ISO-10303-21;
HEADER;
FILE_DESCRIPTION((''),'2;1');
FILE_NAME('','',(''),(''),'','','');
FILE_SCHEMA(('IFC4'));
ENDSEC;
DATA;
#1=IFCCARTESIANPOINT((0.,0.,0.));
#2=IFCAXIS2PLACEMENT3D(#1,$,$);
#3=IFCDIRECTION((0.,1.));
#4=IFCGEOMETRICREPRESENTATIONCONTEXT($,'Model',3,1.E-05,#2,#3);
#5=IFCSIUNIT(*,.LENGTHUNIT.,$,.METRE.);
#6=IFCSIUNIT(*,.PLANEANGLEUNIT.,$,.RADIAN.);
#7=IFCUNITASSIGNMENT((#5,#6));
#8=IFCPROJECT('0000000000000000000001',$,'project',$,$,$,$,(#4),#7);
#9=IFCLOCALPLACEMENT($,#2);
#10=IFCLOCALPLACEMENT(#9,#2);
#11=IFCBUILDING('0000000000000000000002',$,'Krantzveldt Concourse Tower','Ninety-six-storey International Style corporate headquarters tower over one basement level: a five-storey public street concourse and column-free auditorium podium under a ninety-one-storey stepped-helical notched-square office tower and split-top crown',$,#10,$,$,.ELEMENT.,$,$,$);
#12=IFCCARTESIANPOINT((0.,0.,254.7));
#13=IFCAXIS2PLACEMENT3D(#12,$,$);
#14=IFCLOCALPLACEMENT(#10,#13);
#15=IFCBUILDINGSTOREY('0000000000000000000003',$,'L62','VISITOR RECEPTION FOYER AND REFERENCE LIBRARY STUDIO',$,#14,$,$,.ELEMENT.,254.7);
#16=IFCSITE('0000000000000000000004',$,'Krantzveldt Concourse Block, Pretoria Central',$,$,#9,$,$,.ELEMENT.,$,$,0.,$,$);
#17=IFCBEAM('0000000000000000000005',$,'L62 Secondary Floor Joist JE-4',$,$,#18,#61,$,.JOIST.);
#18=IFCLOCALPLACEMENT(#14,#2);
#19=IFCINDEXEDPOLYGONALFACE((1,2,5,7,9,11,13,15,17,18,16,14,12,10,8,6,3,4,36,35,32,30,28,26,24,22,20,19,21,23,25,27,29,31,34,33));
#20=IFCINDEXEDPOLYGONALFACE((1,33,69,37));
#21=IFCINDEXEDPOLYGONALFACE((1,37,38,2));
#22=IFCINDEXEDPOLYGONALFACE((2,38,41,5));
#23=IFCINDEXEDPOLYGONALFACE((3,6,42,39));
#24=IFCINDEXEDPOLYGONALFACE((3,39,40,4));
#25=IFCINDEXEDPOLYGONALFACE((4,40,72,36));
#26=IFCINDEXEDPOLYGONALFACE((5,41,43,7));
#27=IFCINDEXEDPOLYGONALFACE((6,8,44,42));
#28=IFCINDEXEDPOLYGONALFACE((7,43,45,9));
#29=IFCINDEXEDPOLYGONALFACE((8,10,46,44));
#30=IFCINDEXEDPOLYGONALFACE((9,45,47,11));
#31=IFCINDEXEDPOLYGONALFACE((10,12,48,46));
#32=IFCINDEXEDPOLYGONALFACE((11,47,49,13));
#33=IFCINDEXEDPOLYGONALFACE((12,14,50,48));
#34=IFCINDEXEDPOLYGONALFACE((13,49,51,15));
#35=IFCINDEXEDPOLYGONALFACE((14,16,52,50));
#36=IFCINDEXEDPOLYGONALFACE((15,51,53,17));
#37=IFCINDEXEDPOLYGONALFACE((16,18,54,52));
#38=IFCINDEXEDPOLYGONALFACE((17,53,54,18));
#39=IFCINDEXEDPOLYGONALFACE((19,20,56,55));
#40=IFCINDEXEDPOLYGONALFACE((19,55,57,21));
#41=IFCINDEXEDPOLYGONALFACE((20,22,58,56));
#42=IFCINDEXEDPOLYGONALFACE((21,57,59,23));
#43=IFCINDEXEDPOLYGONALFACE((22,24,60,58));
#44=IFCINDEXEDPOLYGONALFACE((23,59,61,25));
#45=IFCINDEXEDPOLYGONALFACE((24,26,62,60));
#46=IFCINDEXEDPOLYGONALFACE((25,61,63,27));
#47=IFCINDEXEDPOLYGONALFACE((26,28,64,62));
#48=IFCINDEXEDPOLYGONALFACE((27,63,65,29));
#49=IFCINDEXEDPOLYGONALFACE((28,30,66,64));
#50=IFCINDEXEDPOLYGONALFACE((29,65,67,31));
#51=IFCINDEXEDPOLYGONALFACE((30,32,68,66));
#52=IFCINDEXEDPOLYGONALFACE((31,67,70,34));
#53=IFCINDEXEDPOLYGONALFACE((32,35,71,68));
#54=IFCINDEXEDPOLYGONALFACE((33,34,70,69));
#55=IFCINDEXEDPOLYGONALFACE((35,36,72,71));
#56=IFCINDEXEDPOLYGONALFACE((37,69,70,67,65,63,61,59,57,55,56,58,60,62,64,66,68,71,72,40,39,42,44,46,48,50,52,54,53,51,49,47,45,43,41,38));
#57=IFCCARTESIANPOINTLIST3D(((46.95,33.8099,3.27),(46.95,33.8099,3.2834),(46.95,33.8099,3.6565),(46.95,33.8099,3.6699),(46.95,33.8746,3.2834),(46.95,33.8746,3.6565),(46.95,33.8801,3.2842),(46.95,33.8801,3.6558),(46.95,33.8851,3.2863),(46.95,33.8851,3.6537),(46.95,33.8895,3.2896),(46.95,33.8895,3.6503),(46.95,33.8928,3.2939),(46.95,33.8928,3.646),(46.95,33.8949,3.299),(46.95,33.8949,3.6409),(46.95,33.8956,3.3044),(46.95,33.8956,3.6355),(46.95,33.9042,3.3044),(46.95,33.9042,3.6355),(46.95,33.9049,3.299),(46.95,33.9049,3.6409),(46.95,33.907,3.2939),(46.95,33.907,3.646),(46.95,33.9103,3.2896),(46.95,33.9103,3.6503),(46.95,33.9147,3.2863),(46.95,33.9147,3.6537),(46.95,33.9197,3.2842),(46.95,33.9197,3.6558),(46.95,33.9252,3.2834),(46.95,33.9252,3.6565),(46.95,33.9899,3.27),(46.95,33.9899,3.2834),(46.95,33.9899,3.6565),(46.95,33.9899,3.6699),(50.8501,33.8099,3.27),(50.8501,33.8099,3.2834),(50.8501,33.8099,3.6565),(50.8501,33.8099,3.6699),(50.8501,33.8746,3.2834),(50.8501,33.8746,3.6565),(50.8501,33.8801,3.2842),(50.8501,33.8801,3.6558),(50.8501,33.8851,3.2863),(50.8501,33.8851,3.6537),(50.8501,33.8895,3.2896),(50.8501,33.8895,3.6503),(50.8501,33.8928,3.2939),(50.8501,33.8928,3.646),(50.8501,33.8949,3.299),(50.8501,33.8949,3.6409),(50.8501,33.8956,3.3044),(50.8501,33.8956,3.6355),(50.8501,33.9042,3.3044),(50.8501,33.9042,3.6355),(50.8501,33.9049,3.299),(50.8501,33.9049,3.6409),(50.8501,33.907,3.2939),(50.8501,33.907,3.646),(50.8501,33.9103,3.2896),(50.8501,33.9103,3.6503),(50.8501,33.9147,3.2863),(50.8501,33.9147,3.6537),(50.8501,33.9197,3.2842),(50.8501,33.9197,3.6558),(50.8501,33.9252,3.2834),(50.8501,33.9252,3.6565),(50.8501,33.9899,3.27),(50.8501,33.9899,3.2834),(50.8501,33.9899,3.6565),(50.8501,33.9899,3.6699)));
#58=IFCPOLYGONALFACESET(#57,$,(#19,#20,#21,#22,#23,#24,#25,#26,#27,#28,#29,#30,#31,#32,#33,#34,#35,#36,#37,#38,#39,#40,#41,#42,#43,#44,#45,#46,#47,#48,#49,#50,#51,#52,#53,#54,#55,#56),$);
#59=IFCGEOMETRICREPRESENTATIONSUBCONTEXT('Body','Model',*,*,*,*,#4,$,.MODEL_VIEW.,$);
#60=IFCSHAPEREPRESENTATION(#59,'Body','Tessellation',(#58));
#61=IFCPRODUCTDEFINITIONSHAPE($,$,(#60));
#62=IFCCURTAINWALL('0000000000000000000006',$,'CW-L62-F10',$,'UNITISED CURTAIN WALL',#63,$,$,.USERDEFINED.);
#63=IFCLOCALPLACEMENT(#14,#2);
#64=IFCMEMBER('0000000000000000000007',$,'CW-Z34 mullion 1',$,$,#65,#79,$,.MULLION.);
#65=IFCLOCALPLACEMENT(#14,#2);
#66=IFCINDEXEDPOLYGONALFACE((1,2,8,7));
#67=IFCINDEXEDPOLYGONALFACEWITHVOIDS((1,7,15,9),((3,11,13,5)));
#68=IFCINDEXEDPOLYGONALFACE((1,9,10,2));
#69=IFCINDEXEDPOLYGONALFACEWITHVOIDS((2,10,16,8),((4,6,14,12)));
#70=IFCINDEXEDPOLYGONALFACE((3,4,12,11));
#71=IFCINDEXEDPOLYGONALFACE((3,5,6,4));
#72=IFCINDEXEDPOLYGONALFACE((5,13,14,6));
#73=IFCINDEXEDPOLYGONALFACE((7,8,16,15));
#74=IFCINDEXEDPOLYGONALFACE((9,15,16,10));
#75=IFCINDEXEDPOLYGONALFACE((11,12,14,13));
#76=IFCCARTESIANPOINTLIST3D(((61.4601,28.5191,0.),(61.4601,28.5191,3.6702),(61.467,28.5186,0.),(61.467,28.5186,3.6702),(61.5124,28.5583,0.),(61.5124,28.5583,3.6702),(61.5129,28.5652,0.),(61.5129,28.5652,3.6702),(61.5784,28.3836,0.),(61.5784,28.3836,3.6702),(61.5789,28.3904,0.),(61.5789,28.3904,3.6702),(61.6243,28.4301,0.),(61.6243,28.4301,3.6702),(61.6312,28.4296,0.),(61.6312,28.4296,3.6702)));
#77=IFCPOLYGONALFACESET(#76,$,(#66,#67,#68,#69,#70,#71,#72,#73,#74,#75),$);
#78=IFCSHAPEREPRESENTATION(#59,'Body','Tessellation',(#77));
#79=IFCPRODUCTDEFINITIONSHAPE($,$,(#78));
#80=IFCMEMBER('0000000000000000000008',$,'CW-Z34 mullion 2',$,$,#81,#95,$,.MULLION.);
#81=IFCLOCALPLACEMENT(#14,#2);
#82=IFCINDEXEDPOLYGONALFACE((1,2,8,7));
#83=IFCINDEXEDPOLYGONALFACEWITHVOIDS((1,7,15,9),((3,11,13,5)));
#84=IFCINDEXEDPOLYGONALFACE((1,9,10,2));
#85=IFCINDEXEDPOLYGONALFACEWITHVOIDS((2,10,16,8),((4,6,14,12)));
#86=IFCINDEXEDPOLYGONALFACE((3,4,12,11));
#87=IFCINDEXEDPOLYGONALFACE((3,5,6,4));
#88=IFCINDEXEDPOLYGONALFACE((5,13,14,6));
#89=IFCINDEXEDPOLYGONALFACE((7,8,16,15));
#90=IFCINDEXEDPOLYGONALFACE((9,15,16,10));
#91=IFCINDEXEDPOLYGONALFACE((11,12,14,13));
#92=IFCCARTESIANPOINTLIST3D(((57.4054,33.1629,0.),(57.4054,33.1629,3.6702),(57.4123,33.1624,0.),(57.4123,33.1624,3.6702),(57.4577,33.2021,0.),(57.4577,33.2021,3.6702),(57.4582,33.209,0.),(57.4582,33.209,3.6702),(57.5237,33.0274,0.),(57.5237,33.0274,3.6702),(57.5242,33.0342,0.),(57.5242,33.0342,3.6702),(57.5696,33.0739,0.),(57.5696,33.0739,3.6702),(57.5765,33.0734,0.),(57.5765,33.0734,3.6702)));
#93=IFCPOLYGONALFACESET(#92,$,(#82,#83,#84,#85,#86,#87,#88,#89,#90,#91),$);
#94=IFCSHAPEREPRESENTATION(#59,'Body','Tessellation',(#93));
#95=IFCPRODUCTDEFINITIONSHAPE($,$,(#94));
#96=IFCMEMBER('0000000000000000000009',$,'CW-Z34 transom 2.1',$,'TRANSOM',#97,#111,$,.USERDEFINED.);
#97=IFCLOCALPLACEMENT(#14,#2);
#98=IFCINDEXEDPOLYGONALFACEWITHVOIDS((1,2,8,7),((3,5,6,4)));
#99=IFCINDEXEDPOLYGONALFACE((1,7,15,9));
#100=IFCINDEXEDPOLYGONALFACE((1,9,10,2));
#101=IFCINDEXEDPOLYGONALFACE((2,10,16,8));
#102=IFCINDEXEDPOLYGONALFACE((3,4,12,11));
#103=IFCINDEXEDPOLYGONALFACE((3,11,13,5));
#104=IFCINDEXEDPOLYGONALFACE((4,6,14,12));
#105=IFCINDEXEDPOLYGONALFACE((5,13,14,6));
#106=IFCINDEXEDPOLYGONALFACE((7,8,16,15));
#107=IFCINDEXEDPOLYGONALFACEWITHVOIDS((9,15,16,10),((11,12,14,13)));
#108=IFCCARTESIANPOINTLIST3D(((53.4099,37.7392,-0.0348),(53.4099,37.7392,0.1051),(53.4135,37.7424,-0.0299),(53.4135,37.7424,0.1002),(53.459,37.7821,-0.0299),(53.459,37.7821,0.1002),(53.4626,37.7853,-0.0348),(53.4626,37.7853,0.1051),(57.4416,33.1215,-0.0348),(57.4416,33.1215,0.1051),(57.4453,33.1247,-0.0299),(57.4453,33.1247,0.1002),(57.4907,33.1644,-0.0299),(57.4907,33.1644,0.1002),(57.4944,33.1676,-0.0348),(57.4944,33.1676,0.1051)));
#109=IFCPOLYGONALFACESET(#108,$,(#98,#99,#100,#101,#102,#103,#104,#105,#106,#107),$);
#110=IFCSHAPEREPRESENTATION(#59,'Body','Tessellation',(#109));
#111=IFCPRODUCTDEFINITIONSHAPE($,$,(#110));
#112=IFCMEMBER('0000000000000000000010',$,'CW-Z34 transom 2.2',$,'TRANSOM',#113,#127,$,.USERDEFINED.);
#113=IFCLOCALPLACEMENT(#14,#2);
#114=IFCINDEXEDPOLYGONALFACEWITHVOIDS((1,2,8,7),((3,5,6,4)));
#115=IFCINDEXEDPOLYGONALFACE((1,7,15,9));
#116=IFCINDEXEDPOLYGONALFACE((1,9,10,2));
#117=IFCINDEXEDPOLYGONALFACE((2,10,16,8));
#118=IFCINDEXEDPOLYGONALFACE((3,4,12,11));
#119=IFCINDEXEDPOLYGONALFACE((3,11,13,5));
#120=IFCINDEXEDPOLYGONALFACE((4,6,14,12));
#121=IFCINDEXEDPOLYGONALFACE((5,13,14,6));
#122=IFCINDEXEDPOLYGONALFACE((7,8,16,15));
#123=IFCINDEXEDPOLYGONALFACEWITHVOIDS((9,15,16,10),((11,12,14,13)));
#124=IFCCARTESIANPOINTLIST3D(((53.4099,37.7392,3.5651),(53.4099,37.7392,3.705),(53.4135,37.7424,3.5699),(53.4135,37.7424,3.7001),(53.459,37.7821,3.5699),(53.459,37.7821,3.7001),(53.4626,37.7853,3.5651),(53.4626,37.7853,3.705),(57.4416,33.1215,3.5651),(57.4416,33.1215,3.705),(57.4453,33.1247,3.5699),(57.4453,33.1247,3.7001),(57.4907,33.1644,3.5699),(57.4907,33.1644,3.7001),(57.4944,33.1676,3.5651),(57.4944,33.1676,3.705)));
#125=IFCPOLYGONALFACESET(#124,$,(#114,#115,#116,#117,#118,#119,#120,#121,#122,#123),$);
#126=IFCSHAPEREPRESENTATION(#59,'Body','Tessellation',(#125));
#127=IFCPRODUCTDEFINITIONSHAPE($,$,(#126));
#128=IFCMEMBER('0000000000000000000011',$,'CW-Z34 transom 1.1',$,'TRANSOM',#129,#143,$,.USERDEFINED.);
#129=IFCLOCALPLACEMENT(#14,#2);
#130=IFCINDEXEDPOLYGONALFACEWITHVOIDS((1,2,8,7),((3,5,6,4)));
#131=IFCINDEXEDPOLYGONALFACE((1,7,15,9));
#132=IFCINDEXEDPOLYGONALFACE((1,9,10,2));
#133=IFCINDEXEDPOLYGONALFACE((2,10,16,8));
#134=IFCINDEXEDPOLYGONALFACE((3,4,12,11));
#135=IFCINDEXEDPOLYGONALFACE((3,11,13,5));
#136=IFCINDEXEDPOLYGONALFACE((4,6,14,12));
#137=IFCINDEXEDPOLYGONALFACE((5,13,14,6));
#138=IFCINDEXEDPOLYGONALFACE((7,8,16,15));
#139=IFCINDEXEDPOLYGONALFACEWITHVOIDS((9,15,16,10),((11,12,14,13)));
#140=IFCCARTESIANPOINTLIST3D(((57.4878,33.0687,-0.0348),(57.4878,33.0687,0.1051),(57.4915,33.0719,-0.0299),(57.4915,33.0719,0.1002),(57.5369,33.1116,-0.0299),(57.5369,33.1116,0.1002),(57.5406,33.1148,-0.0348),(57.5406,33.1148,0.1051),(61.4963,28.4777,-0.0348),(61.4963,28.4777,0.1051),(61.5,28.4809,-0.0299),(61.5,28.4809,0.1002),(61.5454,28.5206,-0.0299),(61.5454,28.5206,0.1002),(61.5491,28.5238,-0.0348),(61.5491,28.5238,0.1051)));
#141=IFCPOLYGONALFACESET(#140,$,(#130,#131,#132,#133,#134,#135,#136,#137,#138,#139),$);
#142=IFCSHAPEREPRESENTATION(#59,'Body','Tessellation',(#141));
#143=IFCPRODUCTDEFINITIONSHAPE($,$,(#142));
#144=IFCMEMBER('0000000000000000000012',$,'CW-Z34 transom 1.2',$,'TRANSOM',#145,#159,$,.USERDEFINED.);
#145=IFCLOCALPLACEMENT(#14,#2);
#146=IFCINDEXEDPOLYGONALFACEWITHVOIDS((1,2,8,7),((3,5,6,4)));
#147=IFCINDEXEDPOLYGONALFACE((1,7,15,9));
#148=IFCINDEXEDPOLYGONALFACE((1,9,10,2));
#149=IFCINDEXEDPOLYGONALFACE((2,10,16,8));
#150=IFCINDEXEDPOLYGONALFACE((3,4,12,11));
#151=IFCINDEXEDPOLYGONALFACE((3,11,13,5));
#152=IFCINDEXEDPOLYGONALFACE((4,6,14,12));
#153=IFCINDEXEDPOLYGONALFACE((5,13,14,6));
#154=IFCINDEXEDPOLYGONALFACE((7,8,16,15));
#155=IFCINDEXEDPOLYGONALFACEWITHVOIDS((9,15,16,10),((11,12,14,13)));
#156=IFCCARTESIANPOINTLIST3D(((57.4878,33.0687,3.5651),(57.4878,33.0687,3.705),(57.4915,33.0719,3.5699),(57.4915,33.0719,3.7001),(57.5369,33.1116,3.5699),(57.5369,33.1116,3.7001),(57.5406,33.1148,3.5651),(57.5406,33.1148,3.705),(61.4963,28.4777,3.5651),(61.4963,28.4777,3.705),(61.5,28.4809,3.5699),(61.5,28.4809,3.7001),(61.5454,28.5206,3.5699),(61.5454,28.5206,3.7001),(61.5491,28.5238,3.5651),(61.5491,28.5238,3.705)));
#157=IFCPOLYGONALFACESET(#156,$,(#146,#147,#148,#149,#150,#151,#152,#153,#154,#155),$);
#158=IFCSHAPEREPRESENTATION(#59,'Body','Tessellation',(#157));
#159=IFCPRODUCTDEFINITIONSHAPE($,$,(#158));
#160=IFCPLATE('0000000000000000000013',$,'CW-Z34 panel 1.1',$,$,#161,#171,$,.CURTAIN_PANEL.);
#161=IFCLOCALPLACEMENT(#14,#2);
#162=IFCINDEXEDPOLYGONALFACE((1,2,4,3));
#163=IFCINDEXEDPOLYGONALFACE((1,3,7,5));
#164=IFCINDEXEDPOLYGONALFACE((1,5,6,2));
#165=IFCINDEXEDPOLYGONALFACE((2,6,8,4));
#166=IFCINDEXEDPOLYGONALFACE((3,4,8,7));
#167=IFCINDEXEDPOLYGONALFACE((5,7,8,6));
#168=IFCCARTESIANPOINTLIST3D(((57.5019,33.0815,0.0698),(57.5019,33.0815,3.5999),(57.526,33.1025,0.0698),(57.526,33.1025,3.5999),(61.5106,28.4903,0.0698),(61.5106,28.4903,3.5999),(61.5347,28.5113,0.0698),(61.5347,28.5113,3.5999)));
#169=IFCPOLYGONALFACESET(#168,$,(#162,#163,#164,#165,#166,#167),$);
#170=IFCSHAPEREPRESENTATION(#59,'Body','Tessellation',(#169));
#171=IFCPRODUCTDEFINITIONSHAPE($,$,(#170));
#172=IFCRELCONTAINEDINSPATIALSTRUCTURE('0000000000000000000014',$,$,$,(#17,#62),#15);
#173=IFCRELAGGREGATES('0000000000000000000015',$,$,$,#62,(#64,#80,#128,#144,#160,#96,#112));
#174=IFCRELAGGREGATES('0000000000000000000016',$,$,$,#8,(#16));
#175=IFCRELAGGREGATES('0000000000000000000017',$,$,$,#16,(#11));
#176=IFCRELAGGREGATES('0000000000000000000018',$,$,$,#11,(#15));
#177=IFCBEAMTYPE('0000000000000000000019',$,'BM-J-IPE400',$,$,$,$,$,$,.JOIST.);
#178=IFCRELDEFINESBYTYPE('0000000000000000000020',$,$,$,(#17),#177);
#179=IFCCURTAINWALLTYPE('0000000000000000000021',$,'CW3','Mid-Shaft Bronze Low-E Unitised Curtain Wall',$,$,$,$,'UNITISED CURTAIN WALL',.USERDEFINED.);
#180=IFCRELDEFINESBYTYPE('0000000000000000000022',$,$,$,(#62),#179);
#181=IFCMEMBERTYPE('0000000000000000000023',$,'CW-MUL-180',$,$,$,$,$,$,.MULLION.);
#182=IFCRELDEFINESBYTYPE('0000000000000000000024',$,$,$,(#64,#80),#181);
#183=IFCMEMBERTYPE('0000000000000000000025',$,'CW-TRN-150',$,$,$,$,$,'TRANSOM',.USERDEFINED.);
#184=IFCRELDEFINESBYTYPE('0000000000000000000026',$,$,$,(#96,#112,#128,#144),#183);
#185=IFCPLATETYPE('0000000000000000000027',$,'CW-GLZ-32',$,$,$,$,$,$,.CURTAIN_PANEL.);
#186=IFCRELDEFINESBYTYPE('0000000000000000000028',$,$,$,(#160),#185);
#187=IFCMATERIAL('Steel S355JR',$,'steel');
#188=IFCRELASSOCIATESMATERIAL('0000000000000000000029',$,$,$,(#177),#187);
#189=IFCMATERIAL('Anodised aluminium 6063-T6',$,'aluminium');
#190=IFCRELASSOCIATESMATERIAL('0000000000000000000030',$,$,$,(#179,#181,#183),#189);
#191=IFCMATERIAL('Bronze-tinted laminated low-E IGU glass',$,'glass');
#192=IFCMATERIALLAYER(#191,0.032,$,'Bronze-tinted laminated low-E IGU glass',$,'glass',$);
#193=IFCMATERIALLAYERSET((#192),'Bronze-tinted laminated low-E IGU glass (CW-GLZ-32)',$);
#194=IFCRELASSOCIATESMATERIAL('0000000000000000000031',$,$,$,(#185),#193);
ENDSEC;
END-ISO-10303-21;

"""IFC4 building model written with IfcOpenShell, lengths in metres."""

from ifc_helpers import new_model, si_unit, direction, frame, origin, origin_2d, place, context, subcontext, project, spatial, rectangle, hollow_rectangle, i_section, extrude, source, transform, mapped, material, layer, layer_set, material_profile, profile_set, type_object, type_shapes, element, aggregate, save


model = new_model("IFC4")

# Units and contexts
model_context = context("Model", 3, precision=1e-05, world=origin(), true_north=direction((0.0, 1.0)))
body_context = subcontext(model_context, "Body", "Model", "MODEL_VIEW")
ifc_project = project(units=[si_unit("LENGTHUNIT", "METRE"), si_unit("PLANEANGLEUNIT", "RADIAN")], contexts=[model_context])

# Site, building, storey
site_placement = place(None, origin())
site = spatial("IfcSite", under=ifc_project, at=site_placement, Name="Krantzveldt Concourse Block, Pretoria Central", CompositionType="ELEMENT", RefElevation=0.0)
building_placement = place(site_placement, origin())
building = spatial("IfcBuilding", under=site, at=building_placement, Name="Krantzveldt Concourse Tower", Description="Ninety-six-storey International Style corporate headquarters tower over one basement level: a five-storey public street concourse and column-free auditorium podium under a ninety-one-storey stepped-helical notched-square office tower and split-top crown", CompositionType="ELEMENT")
storey_placement = place(building_placement, frame((0.0, 0.0, 254.7)))
storey = spatial("IfcBuildingStorey", under=building, at=storey_placement, Name="L62", Description="VISITOR RECEPTION FOYER AND REFERENCE LIBRARY STUDIO", CompositionType="ELEMENT", Elevation=254.7)

# Beam
ifc_material_1 = material(Name="Steel S355JR", Category="steel")
ifc_material_profile_1 = material_profile(ifc_material_1, i_section(OverallWidth=0.1799, OverallDepth=0.3999, WebThickness=0.0085, FlangeThickness=0.0134, FilletRadius=0.021, at=origin_2d()), Name="Steel S355JR", Category="steel")
ifc_profile_set_1 = profile_set([ifc_material_profile_1], Name="Steel S355JR - IPE 400")
beam_type_1 = type_object("IfcBeamType", Name="BM-J-IPE400", PredefinedType="JOIST", material=ifc_profile_set_1)
shared_shape_1 = source(origin(), body_context, "Body", "SweptSolid", [
    extrude(i_section(OverallWidth=0.1799, OverallDepth=0.3999, WebThickness=0.0085, FlangeThickness=0.0134, FilletRadius=0.021, at=origin_2d()), origin(), (0.0, 0.0, 1.0), 3.9001),
])
type_shapes(beam_type_1, [shared_shape_1])
for number, where, z_axis, x_axis, name in (
    (1, (46.95, 33.8999, 3.47), (1.0, 0.0, 0.0), (0.0, 1.0, 0.0), "L62 Secondary Floor Joist JE-4"),
):
    element("IfcBeam", number, at=place(storey_placement, frame(where, z_axis=z_axis, x_axis=x_axis)), inside=storey, type_object=beam_type_1, Name=name, PredefinedType="JOIST", context=body_context, shape_type="MappedRepresentation", body=[
        mapped(shared_shape_1, transform((0.0, 0.0, 0.0), x_axis=(1.0, 0.0, 0.0), y_axis=(0.0, 1.0, 0.0), z_axis=(0.0, 0.0, 1.0), scale=1.0)),
    ])

# Curtain wall, members, plate
ifc_material_2 = material(Name="Anodised aluminium 6063-T6", Category="aluminium")
curtain_wall_type = type_object("IfcCurtainWallType", Name="CW3", Description="Mid-Shaft Bronze Low-E Unitised Curtain Wall", ElementType="UNITISED CURTAIN WALL", PredefinedType="USERDEFINED", material=ifc_material_2)
curtain_wall_placement = place(storey_placement, origin())
curtain_wall = element("IfcCurtainWall", 2, at=curtain_wall_placement, inside=storey, type_object=curtain_wall_type, Name="CW-L62-F10", ObjectType="UNITISED CURTAIN WALL", PredefinedType="USERDEFINED")
ifc_material_profile_2 = material_profile(ifc_material_2, hollow_rectangle(XDim=0.0701, YDim=0.1799, WallThickness=0.0049, at=origin_2d()), Name="Anodised aluminium 6063-T6", Category="aluminium")
ifc_profile_set_2 = profile_set([ifc_material_profile_2], Name="Anodised aluminium 6063-T6 - ALU-MULL 180x70x5")
member_type_1 = type_object("IfcMemberType", Name="CW-MUL-180", PredefinedType="MULLION", material=ifc_profile_set_2)
shared_shape_2 = source(origin(), body_context, "Body", "SweptSolid", [
    extrude(hollow_rectangle(XDim=0.0701, YDim=0.1799, WallThickness=0.0049, at=origin_2d()), origin(), (0.0, 0.0, 1.0), 3.6702),
])
type_shapes(member_type_1, [shared_shape_2])
member_1_placement = place(storey_placement, frame((61.5457, 28.4744, 0.0), z_axis=(0.0, 0.0, 1.0), x_axis=(-0.753277, -0.657704, 0.0)))
member_1 = element("IfcMember", 3, at=member_1_placement, type_object=member_type_1, Name="CW-Z34 mullion 1", PredefinedType="MULLION", context=body_context, shape_type="MappedRepresentation", body=[
    mapped(shared_shape_2, transform((0.0, 0.0, 0.0), x_axis=(1.0, 0.0, 0.0), y_axis=(0.0, 1.0, 0.0), z_axis=(0.0, 0.0, 1.0), scale=1.0)),
])
member_2_placement = place(storey_placement, frame((57.491, 33.1182, 0.0), z_axis=(0.0, 0.0, 1.0), x_axis=(-0.753277, -0.657704, 0.0)))
member_2 = element("IfcMember", 4, at=member_2_placement, type_object=member_type_1, Name="CW-Z34 mullion 2", PredefinedType="MULLION", context=body_context, shape_type="MappedRepresentation", body=[
    mapped(shared_shape_2, transform((0.0, 0.0, 0.0), x_axis=(1.0, 0.0, 0.0), y_axis=(0.0, 1.0, 0.0), z_axis=(0.0, 0.0, 1.0), scale=1.0)),
])
ifc_material_profile_3 = material_profile(ifc_material_2, hollow_rectangle(XDim=0.0701, YDim=0.1399, WallThickness=0.0049, at=origin_2d()), Name="Anodised aluminium 6063-T6", Category="aluminium")
ifc_profile_set_3 = profile_set([ifc_material_profile_3], Name="Anodised aluminium 6063-T6 - ALU-TRAN 140x70x5")
member_type_2 = type_object("IfcMemberType", Name="CW-TRN-150", ElementType="TRANSOM", PredefinedType="USERDEFINED", material=ifc_profile_set_3)
shared_shape_3 = source(origin(), body_context, "Body", "SweptSolid", [
    extrude(hollow_rectangle(XDim=0.0701, YDim=0.1399, WallThickness=0.0049, at=origin_2d()), origin(), (0.0, 0.0, 1.0), 6.1301),
])
member_3_placement = place(storey_placement, frame((57.468, 33.1445, 0.0352), z_axis=(-0.657698, 0.753282, 0.0), x_axis=(-0.753282, -0.657698, 0.0)))
member_3 = element("IfcMember", 5, at=member_3_placement, type_object=member_type_2, Name="CW-Z34 transom 2.1", ObjectType="TRANSOM", PredefinedType="USERDEFINED", context=body_context, shape_type="MappedRepresentation", body=[
    mapped(shared_shape_3, transform((0.0, 0.0, 0.0), x_axis=(1.0, 0.0, 0.0), y_axis=(0.0, 1.0, 0.0), z_axis=(0.0, 0.0, 1.0), scale=1.0)),
])
member_4_placement = place(storey_placement, frame((57.468, 33.1445, 3.635), z_axis=(-0.657698, 0.753282, 0.0), x_axis=(-0.753282, -0.657698, 0.0)))
member_4 = element("IfcMember", 6, at=member_4_placement, type_object=member_type_2, Name="CW-Z34 transom 2.2", ObjectType="TRANSOM", PredefinedType="USERDEFINED", context=body_context, shape_type="MappedRepresentation", body=[
    mapped(shared_shape_3, transform((0.0, 0.0, 0.0), x_axis=(1.0, 0.0, 0.0), y_axis=(0.0, 1.0, 0.0), z_axis=(0.0, 0.0, 1.0), scale=1.0)),
])
shared_shape_4 = source(origin(), body_context, "Body", "SweptSolid", [
    extrude(hollow_rectangle(XDim=0.0701, YDim=0.1399, WallThickness=0.0049, at=origin_2d()), origin(), (0.0, 0.0, 1.0), 6.0947),
])
type_shapes(member_type_2, [shared_shape_3, shared_shape_4])
member_5_placement = place(storey_placement, frame((61.5227, 28.5007, 0.0352), z_axis=(-0.657702, 0.753279, 0.0), x_axis=(-0.753279, -0.657702, 0.0)))
member_5 = element("IfcMember", 7, at=member_5_placement, type_object=member_type_2, Name="CW-Z34 transom 1.1", ObjectType="TRANSOM", PredefinedType="USERDEFINED", context=body_context, shape_type="MappedRepresentation", body=[
    mapped(shared_shape_4, transform((0.0, 0.0, 0.0), x_axis=(1.0, 0.0, 0.0), y_axis=(0.0, 1.0, 0.0), z_axis=(0.0, 0.0, 1.0), scale=1.0)),
])
member_6_placement = place(storey_placement, frame((61.5227, 28.5007, 3.635), z_axis=(-0.657702, 0.753279, 0.0), x_axis=(-0.753279, -0.657702, 0.0)))
member_6 = element("IfcMember", 8, at=member_6_placement, type_object=member_type_2, Name="CW-Z34 transom 1.2", ObjectType="TRANSOM", PredefinedType="USERDEFINED", context=body_context, shape_type="MappedRepresentation", body=[
    mapped(shared_shape_4, transform((0.0, 0.0, 0.0), x_axis=(1.0, 0.0, 0.0), y_axis=(0.0, 1.0, 0.0), z_axis=(0.0, 0.0, 1.0), scale=1.0)),
])
ifc_material_3 = material(Name="Bronze-tinted laminated low-E IGU glass", Category="glass")
ifc_layer_1 = layer(ifc_material_3, 0.032, Name="Bronze-tinted laminated low-E IGU glass", Category="glass")
ifc_layer_set_1 = layer_set([ifc_layer_1], Name="Bronze-tinted laminated low-E IGU glass (CW-GLZ-32)")
plate_type = type_object("IfcPlateType", Name="CW-GLZ-32", PredefinedType="CURTAIN_PANEL", material=ifc_layer_set_1)
shared_shape_5 = source(origin(), body_context, "Body", "SweptSolid", [
    extrude(rectangle(XDim=6.095, YDim=0.032, at=origin_2d()), origin(), (0.0, 0.0, 1.0), 3.53),
])
type_shapes(plate_type, [shared_shape_5])
plate_placement = place(storey_placement, frame((59.5183, 30.7964, 0.0698), z_axis=(0.0, 0.0, 1.0), x_axis=(-0.657704, 0.753277, 0.0)))
plate = element("IfcPlate", 9, at=plate_placement, type_object=plate_type, Name="CW-Z34 panel 1.1", PredefinedType="CURTAIN_PANEL", context=body_context, shape_type="MappedRepresentation", body=[
    mapped(shared_shape_5, transform((0.0, 0.0, 0.0), x_axis=(1.0, 0.0, 0.0), y_axis=(0.0, 1.0, 0.0), z_axis=(0.0, 0.0, 1.0), scale=1.0)),
])
aggregate(curtain_wall, [member_1, member_2, member_5, member_6, plate, member_3, member_4])

save(model, "model.ifc")
